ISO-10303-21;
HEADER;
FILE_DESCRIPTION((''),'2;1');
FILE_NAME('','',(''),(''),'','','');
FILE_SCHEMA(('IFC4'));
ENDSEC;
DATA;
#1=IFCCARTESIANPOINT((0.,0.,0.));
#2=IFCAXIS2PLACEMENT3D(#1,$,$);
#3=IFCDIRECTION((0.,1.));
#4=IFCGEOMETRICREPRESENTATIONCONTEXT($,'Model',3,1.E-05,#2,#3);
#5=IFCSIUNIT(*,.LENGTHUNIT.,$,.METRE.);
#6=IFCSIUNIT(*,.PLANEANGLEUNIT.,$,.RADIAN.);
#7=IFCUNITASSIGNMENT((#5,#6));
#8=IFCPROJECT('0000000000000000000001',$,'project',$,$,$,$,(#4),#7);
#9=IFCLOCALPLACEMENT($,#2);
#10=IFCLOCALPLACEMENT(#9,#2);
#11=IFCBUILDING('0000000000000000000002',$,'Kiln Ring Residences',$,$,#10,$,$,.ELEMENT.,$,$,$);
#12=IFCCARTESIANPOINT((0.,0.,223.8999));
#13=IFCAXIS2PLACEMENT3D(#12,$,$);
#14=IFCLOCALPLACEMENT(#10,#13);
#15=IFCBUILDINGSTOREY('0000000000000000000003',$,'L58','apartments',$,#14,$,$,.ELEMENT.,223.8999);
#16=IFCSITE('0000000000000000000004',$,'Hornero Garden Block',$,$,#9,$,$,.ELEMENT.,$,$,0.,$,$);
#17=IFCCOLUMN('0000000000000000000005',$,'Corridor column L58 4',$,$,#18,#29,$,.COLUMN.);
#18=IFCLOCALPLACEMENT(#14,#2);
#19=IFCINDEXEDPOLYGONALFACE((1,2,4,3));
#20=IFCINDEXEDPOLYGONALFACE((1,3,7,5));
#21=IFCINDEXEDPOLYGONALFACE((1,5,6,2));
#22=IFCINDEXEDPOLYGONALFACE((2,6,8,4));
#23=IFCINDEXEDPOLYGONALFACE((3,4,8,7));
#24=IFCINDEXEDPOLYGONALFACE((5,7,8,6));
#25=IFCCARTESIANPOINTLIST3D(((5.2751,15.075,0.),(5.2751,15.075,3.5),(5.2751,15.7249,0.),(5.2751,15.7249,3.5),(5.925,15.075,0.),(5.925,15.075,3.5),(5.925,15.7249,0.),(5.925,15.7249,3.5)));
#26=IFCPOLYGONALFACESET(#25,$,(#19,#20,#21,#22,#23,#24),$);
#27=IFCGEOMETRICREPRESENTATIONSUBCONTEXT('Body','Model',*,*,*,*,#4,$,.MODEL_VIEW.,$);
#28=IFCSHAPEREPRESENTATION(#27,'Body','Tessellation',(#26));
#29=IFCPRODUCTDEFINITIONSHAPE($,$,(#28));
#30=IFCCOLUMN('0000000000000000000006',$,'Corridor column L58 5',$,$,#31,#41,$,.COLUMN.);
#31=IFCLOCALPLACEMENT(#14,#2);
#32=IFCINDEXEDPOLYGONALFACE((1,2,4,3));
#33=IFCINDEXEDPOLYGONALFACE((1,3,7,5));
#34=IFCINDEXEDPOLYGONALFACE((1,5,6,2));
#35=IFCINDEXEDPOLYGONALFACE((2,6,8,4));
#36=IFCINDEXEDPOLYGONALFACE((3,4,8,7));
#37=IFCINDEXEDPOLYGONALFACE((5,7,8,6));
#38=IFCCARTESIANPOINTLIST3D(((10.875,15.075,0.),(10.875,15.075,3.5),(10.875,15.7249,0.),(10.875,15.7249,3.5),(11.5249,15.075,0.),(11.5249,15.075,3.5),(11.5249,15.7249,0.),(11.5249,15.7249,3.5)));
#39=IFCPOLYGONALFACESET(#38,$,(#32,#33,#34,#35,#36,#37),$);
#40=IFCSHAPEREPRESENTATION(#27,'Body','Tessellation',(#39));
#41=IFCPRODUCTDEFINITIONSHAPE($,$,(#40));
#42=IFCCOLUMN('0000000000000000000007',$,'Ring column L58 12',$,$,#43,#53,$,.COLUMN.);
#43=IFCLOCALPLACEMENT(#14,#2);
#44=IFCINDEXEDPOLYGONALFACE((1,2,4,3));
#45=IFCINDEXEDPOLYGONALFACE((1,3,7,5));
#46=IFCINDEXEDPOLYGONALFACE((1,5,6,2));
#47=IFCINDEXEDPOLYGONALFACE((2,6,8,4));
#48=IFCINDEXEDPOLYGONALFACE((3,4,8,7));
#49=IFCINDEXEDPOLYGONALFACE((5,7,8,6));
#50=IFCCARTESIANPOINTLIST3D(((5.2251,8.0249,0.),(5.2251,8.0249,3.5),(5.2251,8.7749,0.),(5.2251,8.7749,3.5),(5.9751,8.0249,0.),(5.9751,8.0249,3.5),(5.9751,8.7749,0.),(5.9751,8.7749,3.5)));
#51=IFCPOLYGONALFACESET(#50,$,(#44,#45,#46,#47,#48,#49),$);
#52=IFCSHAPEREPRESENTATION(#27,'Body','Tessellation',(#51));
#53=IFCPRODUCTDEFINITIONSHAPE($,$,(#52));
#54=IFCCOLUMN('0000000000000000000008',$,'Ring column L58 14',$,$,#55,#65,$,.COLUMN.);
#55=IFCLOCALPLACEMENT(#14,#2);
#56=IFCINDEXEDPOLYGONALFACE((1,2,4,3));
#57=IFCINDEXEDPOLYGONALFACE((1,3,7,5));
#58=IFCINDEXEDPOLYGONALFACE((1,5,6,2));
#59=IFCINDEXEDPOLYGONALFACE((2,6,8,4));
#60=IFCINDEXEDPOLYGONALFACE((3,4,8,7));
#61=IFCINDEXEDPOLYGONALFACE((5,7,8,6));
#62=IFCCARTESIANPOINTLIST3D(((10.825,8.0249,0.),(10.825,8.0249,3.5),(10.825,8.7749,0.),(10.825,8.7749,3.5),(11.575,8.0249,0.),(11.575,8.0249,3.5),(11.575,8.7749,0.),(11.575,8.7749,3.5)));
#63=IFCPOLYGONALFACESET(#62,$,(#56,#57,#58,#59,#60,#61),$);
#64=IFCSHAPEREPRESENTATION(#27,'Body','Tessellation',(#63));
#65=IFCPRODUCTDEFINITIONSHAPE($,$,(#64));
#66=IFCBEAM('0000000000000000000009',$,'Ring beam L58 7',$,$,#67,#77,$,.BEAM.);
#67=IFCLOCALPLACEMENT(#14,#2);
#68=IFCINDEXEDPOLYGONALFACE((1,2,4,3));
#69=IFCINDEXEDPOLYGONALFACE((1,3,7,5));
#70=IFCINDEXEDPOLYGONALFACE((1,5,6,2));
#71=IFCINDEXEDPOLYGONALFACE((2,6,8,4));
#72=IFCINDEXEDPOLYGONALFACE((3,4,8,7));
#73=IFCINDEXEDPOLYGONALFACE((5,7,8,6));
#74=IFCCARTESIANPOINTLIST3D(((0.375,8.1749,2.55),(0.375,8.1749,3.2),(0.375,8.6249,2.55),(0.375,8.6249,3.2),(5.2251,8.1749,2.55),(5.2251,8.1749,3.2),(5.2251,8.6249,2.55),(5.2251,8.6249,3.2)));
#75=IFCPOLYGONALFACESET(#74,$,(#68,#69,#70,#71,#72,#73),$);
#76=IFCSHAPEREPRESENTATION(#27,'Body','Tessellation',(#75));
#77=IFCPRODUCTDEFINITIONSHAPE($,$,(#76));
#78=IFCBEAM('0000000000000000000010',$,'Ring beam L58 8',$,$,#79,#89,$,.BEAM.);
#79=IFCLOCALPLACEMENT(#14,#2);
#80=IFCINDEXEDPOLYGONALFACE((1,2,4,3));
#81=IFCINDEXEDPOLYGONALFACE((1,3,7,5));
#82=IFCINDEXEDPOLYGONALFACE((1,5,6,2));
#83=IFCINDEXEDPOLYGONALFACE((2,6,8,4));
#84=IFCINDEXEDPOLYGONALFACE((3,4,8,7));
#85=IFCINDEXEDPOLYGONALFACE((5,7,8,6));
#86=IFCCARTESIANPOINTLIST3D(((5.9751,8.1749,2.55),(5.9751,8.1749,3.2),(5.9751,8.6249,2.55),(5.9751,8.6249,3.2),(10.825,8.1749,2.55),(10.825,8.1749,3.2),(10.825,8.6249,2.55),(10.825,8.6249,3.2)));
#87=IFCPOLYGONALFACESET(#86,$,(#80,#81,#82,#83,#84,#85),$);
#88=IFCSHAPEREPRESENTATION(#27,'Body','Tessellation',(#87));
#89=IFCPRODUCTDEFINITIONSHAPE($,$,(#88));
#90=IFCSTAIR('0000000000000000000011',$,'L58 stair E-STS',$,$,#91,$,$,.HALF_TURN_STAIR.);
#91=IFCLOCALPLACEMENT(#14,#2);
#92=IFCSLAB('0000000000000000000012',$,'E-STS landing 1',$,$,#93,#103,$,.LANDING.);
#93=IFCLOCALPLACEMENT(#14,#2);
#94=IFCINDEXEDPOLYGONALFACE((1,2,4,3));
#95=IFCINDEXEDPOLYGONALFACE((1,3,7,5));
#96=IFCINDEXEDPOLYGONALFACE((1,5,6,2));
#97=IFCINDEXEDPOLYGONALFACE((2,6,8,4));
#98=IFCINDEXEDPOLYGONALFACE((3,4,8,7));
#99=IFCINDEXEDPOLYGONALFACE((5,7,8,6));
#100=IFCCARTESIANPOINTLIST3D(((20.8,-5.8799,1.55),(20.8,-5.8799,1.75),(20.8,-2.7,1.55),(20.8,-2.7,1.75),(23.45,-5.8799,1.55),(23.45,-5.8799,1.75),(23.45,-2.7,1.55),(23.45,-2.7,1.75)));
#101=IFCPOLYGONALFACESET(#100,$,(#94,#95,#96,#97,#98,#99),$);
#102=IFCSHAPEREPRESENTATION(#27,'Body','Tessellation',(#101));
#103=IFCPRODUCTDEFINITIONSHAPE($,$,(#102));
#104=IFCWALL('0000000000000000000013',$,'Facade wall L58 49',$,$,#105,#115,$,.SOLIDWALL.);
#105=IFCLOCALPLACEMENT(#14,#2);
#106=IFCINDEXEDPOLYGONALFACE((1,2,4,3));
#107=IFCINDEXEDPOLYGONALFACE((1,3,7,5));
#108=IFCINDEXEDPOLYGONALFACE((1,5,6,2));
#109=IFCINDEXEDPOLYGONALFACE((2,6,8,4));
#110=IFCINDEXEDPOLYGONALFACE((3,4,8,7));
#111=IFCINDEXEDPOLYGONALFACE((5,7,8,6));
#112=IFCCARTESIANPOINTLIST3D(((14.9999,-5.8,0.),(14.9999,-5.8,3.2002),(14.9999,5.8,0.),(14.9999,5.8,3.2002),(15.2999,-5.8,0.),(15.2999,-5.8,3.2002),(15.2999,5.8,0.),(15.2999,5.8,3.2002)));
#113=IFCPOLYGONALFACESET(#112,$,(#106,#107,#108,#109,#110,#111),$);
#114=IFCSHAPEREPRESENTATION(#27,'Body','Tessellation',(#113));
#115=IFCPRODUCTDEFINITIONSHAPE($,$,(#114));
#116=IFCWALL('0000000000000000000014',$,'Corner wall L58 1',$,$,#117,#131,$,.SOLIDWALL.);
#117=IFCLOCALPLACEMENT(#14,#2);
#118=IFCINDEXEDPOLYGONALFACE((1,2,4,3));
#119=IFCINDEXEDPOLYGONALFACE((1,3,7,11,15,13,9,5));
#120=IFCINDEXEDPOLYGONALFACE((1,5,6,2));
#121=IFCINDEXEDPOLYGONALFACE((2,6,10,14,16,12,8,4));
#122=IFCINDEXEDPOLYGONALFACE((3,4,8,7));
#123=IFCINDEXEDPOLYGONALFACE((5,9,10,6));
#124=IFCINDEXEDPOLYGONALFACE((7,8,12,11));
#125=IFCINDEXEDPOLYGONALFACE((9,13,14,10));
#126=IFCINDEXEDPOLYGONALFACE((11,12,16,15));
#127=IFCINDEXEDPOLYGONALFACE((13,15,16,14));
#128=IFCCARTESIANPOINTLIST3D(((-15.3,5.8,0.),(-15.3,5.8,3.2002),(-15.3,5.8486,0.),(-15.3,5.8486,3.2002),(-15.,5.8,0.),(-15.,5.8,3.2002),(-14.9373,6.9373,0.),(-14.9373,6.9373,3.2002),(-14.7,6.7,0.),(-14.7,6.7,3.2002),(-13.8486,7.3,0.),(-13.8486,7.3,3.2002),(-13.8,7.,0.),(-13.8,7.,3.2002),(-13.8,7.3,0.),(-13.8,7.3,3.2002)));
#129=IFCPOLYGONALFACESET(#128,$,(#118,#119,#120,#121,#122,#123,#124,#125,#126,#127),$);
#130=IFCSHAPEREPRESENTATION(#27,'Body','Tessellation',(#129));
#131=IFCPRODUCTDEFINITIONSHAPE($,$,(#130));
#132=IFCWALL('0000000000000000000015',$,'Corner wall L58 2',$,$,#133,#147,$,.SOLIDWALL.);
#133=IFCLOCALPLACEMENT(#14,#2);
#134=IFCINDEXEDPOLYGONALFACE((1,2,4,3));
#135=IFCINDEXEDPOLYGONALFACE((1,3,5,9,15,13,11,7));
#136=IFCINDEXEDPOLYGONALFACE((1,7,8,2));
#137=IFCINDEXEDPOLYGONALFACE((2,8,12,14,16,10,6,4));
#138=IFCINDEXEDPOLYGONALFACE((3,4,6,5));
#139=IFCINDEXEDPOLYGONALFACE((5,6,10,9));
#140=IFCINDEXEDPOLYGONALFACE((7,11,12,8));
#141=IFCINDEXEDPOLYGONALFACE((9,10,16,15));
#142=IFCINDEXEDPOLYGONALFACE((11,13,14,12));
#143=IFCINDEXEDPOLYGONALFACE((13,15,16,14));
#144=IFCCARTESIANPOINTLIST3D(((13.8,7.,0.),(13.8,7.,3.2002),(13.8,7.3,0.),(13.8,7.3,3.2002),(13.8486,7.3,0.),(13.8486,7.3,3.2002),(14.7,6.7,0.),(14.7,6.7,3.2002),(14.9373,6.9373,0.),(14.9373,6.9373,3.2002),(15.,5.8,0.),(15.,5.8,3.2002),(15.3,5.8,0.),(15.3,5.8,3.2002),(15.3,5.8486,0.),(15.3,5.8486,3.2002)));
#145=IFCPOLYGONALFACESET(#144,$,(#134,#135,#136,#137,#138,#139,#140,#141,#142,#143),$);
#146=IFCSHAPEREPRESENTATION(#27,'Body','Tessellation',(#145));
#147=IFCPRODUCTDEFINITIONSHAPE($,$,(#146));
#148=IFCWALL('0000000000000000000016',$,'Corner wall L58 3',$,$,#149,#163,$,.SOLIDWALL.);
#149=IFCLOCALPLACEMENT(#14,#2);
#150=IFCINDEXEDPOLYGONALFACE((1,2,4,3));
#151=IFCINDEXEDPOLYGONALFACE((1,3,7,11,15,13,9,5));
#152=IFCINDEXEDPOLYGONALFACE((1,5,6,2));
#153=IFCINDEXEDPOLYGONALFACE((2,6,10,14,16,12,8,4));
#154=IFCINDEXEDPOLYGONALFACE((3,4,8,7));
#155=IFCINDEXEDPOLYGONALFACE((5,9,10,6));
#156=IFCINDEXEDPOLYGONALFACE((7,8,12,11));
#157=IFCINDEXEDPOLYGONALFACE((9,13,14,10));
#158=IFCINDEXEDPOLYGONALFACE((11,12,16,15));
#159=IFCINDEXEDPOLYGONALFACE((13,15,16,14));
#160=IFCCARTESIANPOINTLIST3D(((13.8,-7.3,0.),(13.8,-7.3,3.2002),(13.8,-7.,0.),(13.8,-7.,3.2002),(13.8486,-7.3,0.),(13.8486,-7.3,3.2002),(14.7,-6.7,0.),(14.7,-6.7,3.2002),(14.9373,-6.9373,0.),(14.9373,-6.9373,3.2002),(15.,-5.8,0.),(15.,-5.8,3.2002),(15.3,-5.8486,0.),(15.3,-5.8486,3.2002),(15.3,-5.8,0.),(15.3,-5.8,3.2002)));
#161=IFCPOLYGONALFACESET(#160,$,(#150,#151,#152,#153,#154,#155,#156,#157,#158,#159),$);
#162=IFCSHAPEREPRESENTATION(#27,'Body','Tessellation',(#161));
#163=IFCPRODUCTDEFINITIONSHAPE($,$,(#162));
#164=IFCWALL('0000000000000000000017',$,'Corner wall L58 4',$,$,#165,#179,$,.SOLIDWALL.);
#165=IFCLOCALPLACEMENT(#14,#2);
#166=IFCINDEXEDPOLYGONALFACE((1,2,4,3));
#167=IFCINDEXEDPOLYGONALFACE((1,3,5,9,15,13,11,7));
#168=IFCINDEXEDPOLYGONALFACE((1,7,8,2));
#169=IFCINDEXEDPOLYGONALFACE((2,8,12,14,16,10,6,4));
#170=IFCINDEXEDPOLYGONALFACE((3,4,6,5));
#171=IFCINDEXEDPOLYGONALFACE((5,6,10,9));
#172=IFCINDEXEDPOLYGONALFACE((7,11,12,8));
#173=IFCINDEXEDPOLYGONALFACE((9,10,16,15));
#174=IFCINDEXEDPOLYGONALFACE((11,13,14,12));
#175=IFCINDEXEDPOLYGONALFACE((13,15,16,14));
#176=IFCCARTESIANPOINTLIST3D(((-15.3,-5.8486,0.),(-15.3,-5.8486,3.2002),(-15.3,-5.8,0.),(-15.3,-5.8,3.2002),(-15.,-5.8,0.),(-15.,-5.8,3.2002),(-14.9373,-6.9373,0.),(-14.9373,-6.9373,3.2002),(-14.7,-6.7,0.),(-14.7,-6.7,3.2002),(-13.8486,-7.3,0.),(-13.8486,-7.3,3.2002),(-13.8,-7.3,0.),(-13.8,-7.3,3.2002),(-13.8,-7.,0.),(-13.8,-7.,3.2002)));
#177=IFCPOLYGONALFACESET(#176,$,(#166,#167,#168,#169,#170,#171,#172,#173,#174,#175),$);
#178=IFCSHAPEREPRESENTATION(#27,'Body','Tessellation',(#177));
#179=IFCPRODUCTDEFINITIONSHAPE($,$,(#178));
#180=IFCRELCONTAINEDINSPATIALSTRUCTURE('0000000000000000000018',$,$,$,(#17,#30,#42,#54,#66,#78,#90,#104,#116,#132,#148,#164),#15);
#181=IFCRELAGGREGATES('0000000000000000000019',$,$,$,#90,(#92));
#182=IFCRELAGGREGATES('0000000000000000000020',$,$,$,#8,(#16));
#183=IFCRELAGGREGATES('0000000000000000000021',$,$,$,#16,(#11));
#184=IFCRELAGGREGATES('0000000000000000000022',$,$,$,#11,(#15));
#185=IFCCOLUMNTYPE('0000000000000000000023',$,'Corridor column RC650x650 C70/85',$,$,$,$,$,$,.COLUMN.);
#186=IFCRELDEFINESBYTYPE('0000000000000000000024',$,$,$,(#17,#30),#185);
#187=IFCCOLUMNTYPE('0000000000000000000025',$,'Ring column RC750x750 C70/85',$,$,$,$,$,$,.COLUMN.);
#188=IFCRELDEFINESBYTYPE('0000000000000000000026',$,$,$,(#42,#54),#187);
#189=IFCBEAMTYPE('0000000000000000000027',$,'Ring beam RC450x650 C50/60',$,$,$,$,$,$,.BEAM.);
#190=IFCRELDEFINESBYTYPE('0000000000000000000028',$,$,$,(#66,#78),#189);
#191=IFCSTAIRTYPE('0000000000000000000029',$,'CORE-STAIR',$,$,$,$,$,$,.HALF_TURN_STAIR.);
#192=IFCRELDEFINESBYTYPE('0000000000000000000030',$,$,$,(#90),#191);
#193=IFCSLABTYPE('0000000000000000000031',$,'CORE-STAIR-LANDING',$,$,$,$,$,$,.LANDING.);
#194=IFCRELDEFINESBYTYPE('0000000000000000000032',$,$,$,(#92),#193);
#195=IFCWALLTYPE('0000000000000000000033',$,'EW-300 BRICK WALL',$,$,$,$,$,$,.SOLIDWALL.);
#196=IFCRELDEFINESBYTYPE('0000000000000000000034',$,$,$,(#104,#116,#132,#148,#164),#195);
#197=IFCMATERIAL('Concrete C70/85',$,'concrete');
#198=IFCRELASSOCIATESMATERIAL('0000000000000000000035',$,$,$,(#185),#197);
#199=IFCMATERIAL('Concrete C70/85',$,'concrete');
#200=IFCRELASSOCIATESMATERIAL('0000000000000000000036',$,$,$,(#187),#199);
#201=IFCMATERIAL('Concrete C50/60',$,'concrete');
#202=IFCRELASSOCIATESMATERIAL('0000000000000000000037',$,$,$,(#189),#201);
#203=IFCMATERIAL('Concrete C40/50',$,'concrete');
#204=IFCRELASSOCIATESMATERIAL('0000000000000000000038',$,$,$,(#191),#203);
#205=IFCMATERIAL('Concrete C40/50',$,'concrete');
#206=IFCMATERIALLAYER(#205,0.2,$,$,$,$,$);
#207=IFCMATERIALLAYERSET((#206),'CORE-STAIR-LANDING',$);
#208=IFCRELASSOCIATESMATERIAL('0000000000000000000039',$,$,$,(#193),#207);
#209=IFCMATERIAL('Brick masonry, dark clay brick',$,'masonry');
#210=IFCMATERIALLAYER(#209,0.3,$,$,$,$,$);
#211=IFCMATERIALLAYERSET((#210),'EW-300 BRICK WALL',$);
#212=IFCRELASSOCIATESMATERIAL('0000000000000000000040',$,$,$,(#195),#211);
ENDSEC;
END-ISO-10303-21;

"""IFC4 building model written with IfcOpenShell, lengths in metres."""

from ifc_helpers import new_model, si_unit, direction, frame, frame_2d, origin, origin_2d, place, context, subcontext, project, spatial, polyline, rectangle, outline, extrude, material, layer, layer_set, material_profile, profile_set, type_object, element, aggregate, save


model = new_model("IFC4")

# Units and contexts
model_context = context("Model", 3, precision=1e-05, world=origin(), true_north=direction((0.0, 1.0)))
body_context = subcontext(model_context, "Body", "Model", "MODEL_VIEW")
ifc_project = project(units=[si_unit("LENGTHUNIT", "METRE"), si_unit("PLANEANGLEUNIT", "RADIAN")], contexts=[model_context])

# Site, building, storey
site_placement = place(None, origin())
site = spatial("IfcSite", under=ifc_project, at=site_placement, Name="Hornero Garden Block", CompositionType="ELEMENT", RefElevation=0.0)
building_placement = place(site_placement, origin())
building = spatial("IfcBuilding", under=site, at=building_placement, Name="Kiln Ring Residences", CompositionType="ELEMENT")
storey_placement = place(building_placement, frame((0.0, 0.0, 223.8999)))
storey = spatial("IfcBuildingStorey", under=building, at=storey_placement, Name="L58", Description="apartments", CompositionType="ELEMENT", Elevation=223.8999)

# Columns
ifc_material_1 = material(Name="Concrete C70/85", Category="concrete")
ifc_material_profile_1 = material_profile(ifc_material_1, rectangle(XDim=0.6499, YDim=0.6499, at=origin_2d()), Name="RC650x650")
ifc_profile_set_1 = profile_set([ifc_material_profile_1], Name="Concrete C70/85")
column_type_1 = type_object("IfcColumnType", Name="Corridor column RC650x650 C70/85", PredefinedType="COLUMN", material=ifc_profile_set_1)
for number, where, z_axis, x_axis, name in (
    (1, (5.6001, 15.3999, 0.0), (0.0, 0.0, 1.0), (1.0, 0.0, 0.0), "Corridor column L58 4"),
    (2, (11.2, 15.3999, 0.0), (0.0, 0.0, 1.0), (1.0, 0.0, 0.0), "Corridor column L58 5"),
):
    element("IfcColumn", number, at=place(storey_placement, frame(where, z_axis=z_axis, x_axis=x_axis)), inside=storey, type_object=column_type_1, Name=name, PredefinedType="COLUMN", context=body_context, shape_type="SweptSolid", body=[
        extrude(rectangle(XDim=0.6499, YDim=0.6499, at=origin_2d()), origin(), (0.0, 0.0, 1.0), 3.5),
    ])
ifc_material_2 = material(Name="Concrete C70/85", Category="concrete")
ifc_material_profile_2 = material_profile(ifc_material_2, rectangle(XDim=0.75, YDim=0.75, at=origin_2d()), Name="RC750x750")
ifc_profile_set_2 = profile_set([ifc_material_profile_2], Name="Concrete C70/85")
column_type_2 = type_object("IfcColumnType", Name="Ring column RC750x750 C70/85", PredefinedType="COLUMN", material=ifc_profile_set_2)
for number, where, z_axis, x_axis, name in (
    (3, (5.6001, 8.3999, 0.0), (0.0, 0.0, 1.0), (1.0, 0.0, 0.0), "Ring column L58 12"),
    (4, (11.2, 8.3999, 0.0), (0.0, 0.0, 1.0), (1.0, 0.0, 0.0), "Ring column L58 14"),
):
    element("IfcColumn", number, at=place(storey_placement, frame(where, z_axis=z_axis, x_axis=x_axis)), inside=storey, type_object=column_type_2, Name=name, PredefinedType="COLUMN", context=body_context, shape_type="SweptSolid", body=[
        extrude(rectangle(XDim=0.75, YDim=0.75, at=origin_2d()), origin(), (0.0, 0.0, 1.0), 3.5),
    ])

# Beams
ifc_material_3 = material(Name="Concrete C50/60", Category="concrete")
ifc_material_profile_3 = material_profile(ifc_material_3, rectangle(XDim=0.45, YDim=0.6499, at=origin_2d()), Name="RC450x650")
ifc_profile_set_3 = profile_set([ifc_material_profile_3], Name="Concrete C50/60")
beam_type = type_object("IfcBeamType", Name="Ring beam RC450x650 C50/60", PredefinedType="BEAM", material=ifc_profile_set_3)
beam_1_placement = place(storey_placement, frame((0.375, 8.3999, 2.875), z_axis=(1.0, 0.0, 0.0), x_axis=(0.0, 1.0, 0.0)))
element("IfcBeam", 5, at=beam_1_placement, inside=storey, type_object=beam_type, Name="Ring beam L58 7", PredefinedType="BEAM", context=body_context, shape_type="SweptSolid", body=[
    extrude(rectangle(XDim=0.45, YDim=0.6499, at=origin_2d()), origin(), (0.0, 0.0, 1.0), 4.8501),
])
beam_2_placement = place(storey_placement, frame((5.9751, 8.3999, 2.875), z_axis=(1.0, 0.0, 0.0), x_axis=(0.0, 1.0, 0.0)))
element("IfcBeam", 6, at=beam_2_placement, inside=storey, type_object=beam_type, Name="Ring beam L58 8", PredefinedType="BEAM", context=body_context, shape_type="SweptSolid", body=[
    extrude(rectangle(XDim=0.45, YDim=0.6499, at=origin_2d()), origin(), (0.0, 0.0, 1.0), 4.8499),
])

# Stair, slab
ifc_material_4 = material(Name="Concrete C40/50", Category="concrete")
stair_type = type_object("IfcStairType", Name="CORE-STAIR", PredefinedType="HALF_TURN_STAIR", material=ifc_material_4)
placement = place(storey_placement, origin())
stair = element("IfcStair", 7, at=placement, inside=storey, type_object=stair_type, Name="L58 stair E-STS", PredefinedType="HALF_TURN_STAIR")
ifc_material_5 = material(Name="Concrete C40/50", Category="concrete")
ifc_layer_1 = layer(ifc_material_5, 0.2)
ifc_layer_set_1 = layer_set([ifc_layer_1], Name="CORE-STAIR-LANDING")
slab_type = type_object("IfcSlabType", Name="CORE-STAIR-LANDING", PredefinedType="LANDING", material=ifc_layer_set_1)
slab_placement = place(storey_placement, frame((0.0, 0.0, 1.55)))
slab = element("IfcSlab", 8, at=slab_placement, type_object=slab_type, Name="E-STS landing 1", PredefinedType="LANDING", context=body_context, shape_type="SweptSolid", body=[
    extrude(outline(polyline([(23.45, -5.8799), (23.45, -2.7), (20.8, -2.7), (20.8, -5.8799), (23.45, -5.8799)])), origin(), (0.0, 0.0, 1.0), 0.2),
])
aggregate(stair, [slab])

# Walls
ifc_material_6 = material(Name="Brick masonry, dark clay brick", Category="masonry")
ifc_layer_2 = layer(ifc_material_6, 0.3)
ifc_layer_set_2 = layer_set([ifc_layer_2], Name="EW-300 BRICK WALL")
wall_type_1 = type_object("IfcWallType", Name="EW-300 BRICK WALL", PredefinedType="SOLIDWALL", material=ifc_layer_set_2)
wall_1_placement = place(storey_placement, frame((15.1499, 5.8, 0.0), z_axis=(0.0, 0.0, 1.0), x_axis=(0.0, -1.0, 0.0)))
element("IfcWall", 9, at=wall_1_placement, inside=storey, type_object=wall_type_1, Name="Facade wall L58 49", PredefinedType="SOLIDWALL", context=body_context, shape_type="SweptSolid", body=[
    extrude(rectangle(XDim=11.6001, YDim=0.3, at=frame_2d((5.8, 0.0))), origin(), (0.0, 0.0, 1.0), 3.2002),
])
element("IfcWall", 10, at=placement, inside=storey, type_object=wall_type_1, Name="Corner wall L58 1", PredefinedType="SOLIDWALL", context=body_context, shape_type="SweptSolid", body=[
    extrude(outline(polyline([(-13.8486, 7.3), (-14.9373, 6.9373), (-15.3, 5.8486), (-15.3, 5.8), (-15.0, 5.8), (-14.7, 6.7), (-13.8, 7.0), (-13.8, 7.3), (-13.8486, 7.3)])), origin(), (0.0, 0.0, 1.0), 3.2002),
])
element("IfcWall", 11, at=placement, inside=storey, type_object=wall_type_1, Name="Corner wall L58 2", PredefinedType="SOLIDWALL", context=body_context, shape_type="SweptSolid", body=[
    extrude(outline(polyline([(14.9373, 6.9373), (13.8486, 7.3), (13.8, 7.3), (13.8, 7.0), (14.7, 6.7), (15.0, 5.8), (15.3, 5.8), (15.3, 5.8486), (14.9373, 6.9373)])), origin(), (0.0, 0.0, 1.0), 3.2002),
])
element("IfcWall", 12, at=placement, inside=storey, type_object=wall_type_1, Name="Corner wall L58 3", PredefinedType="SOLIDWALL", context=body_context, shape_type="SweptSolid", body=[
    extrude(outline(polyline([(14.9373, -6.9373), (15.3, -5.8486), (15.3, -5.8), (15.0, -5.8), (14.7, -6.7), (13.8, -7.0), (13.8, -7.3), (13.8486, -7.3), (14.9373, -6.9373)])), origin(), (0.0, 0.0, 1.0), 3.2002),
])
element("IfcWall", 13, at=placement, inside=storey, type_object=wall_type_1, Name="Corner wall L58 4", PredefinedType="SOLIDWALL", context=body_context, shape_type="SweptSolid", body=[
    extrude(outline(polyline([(-14.9373, -6.9373), (-13.8486, -7.3), (-13.8, -7.3), (-13.8, -7.0), (-14.7, -6.7), (-15.0, -5.8), (-15.3, -5.8), (-15.3, -5.8486), (-14.9373, -6.9373)])), origin(), (0.0, 0.0, 1.0), 3.2002),
])

save(model, "model.ifc")
